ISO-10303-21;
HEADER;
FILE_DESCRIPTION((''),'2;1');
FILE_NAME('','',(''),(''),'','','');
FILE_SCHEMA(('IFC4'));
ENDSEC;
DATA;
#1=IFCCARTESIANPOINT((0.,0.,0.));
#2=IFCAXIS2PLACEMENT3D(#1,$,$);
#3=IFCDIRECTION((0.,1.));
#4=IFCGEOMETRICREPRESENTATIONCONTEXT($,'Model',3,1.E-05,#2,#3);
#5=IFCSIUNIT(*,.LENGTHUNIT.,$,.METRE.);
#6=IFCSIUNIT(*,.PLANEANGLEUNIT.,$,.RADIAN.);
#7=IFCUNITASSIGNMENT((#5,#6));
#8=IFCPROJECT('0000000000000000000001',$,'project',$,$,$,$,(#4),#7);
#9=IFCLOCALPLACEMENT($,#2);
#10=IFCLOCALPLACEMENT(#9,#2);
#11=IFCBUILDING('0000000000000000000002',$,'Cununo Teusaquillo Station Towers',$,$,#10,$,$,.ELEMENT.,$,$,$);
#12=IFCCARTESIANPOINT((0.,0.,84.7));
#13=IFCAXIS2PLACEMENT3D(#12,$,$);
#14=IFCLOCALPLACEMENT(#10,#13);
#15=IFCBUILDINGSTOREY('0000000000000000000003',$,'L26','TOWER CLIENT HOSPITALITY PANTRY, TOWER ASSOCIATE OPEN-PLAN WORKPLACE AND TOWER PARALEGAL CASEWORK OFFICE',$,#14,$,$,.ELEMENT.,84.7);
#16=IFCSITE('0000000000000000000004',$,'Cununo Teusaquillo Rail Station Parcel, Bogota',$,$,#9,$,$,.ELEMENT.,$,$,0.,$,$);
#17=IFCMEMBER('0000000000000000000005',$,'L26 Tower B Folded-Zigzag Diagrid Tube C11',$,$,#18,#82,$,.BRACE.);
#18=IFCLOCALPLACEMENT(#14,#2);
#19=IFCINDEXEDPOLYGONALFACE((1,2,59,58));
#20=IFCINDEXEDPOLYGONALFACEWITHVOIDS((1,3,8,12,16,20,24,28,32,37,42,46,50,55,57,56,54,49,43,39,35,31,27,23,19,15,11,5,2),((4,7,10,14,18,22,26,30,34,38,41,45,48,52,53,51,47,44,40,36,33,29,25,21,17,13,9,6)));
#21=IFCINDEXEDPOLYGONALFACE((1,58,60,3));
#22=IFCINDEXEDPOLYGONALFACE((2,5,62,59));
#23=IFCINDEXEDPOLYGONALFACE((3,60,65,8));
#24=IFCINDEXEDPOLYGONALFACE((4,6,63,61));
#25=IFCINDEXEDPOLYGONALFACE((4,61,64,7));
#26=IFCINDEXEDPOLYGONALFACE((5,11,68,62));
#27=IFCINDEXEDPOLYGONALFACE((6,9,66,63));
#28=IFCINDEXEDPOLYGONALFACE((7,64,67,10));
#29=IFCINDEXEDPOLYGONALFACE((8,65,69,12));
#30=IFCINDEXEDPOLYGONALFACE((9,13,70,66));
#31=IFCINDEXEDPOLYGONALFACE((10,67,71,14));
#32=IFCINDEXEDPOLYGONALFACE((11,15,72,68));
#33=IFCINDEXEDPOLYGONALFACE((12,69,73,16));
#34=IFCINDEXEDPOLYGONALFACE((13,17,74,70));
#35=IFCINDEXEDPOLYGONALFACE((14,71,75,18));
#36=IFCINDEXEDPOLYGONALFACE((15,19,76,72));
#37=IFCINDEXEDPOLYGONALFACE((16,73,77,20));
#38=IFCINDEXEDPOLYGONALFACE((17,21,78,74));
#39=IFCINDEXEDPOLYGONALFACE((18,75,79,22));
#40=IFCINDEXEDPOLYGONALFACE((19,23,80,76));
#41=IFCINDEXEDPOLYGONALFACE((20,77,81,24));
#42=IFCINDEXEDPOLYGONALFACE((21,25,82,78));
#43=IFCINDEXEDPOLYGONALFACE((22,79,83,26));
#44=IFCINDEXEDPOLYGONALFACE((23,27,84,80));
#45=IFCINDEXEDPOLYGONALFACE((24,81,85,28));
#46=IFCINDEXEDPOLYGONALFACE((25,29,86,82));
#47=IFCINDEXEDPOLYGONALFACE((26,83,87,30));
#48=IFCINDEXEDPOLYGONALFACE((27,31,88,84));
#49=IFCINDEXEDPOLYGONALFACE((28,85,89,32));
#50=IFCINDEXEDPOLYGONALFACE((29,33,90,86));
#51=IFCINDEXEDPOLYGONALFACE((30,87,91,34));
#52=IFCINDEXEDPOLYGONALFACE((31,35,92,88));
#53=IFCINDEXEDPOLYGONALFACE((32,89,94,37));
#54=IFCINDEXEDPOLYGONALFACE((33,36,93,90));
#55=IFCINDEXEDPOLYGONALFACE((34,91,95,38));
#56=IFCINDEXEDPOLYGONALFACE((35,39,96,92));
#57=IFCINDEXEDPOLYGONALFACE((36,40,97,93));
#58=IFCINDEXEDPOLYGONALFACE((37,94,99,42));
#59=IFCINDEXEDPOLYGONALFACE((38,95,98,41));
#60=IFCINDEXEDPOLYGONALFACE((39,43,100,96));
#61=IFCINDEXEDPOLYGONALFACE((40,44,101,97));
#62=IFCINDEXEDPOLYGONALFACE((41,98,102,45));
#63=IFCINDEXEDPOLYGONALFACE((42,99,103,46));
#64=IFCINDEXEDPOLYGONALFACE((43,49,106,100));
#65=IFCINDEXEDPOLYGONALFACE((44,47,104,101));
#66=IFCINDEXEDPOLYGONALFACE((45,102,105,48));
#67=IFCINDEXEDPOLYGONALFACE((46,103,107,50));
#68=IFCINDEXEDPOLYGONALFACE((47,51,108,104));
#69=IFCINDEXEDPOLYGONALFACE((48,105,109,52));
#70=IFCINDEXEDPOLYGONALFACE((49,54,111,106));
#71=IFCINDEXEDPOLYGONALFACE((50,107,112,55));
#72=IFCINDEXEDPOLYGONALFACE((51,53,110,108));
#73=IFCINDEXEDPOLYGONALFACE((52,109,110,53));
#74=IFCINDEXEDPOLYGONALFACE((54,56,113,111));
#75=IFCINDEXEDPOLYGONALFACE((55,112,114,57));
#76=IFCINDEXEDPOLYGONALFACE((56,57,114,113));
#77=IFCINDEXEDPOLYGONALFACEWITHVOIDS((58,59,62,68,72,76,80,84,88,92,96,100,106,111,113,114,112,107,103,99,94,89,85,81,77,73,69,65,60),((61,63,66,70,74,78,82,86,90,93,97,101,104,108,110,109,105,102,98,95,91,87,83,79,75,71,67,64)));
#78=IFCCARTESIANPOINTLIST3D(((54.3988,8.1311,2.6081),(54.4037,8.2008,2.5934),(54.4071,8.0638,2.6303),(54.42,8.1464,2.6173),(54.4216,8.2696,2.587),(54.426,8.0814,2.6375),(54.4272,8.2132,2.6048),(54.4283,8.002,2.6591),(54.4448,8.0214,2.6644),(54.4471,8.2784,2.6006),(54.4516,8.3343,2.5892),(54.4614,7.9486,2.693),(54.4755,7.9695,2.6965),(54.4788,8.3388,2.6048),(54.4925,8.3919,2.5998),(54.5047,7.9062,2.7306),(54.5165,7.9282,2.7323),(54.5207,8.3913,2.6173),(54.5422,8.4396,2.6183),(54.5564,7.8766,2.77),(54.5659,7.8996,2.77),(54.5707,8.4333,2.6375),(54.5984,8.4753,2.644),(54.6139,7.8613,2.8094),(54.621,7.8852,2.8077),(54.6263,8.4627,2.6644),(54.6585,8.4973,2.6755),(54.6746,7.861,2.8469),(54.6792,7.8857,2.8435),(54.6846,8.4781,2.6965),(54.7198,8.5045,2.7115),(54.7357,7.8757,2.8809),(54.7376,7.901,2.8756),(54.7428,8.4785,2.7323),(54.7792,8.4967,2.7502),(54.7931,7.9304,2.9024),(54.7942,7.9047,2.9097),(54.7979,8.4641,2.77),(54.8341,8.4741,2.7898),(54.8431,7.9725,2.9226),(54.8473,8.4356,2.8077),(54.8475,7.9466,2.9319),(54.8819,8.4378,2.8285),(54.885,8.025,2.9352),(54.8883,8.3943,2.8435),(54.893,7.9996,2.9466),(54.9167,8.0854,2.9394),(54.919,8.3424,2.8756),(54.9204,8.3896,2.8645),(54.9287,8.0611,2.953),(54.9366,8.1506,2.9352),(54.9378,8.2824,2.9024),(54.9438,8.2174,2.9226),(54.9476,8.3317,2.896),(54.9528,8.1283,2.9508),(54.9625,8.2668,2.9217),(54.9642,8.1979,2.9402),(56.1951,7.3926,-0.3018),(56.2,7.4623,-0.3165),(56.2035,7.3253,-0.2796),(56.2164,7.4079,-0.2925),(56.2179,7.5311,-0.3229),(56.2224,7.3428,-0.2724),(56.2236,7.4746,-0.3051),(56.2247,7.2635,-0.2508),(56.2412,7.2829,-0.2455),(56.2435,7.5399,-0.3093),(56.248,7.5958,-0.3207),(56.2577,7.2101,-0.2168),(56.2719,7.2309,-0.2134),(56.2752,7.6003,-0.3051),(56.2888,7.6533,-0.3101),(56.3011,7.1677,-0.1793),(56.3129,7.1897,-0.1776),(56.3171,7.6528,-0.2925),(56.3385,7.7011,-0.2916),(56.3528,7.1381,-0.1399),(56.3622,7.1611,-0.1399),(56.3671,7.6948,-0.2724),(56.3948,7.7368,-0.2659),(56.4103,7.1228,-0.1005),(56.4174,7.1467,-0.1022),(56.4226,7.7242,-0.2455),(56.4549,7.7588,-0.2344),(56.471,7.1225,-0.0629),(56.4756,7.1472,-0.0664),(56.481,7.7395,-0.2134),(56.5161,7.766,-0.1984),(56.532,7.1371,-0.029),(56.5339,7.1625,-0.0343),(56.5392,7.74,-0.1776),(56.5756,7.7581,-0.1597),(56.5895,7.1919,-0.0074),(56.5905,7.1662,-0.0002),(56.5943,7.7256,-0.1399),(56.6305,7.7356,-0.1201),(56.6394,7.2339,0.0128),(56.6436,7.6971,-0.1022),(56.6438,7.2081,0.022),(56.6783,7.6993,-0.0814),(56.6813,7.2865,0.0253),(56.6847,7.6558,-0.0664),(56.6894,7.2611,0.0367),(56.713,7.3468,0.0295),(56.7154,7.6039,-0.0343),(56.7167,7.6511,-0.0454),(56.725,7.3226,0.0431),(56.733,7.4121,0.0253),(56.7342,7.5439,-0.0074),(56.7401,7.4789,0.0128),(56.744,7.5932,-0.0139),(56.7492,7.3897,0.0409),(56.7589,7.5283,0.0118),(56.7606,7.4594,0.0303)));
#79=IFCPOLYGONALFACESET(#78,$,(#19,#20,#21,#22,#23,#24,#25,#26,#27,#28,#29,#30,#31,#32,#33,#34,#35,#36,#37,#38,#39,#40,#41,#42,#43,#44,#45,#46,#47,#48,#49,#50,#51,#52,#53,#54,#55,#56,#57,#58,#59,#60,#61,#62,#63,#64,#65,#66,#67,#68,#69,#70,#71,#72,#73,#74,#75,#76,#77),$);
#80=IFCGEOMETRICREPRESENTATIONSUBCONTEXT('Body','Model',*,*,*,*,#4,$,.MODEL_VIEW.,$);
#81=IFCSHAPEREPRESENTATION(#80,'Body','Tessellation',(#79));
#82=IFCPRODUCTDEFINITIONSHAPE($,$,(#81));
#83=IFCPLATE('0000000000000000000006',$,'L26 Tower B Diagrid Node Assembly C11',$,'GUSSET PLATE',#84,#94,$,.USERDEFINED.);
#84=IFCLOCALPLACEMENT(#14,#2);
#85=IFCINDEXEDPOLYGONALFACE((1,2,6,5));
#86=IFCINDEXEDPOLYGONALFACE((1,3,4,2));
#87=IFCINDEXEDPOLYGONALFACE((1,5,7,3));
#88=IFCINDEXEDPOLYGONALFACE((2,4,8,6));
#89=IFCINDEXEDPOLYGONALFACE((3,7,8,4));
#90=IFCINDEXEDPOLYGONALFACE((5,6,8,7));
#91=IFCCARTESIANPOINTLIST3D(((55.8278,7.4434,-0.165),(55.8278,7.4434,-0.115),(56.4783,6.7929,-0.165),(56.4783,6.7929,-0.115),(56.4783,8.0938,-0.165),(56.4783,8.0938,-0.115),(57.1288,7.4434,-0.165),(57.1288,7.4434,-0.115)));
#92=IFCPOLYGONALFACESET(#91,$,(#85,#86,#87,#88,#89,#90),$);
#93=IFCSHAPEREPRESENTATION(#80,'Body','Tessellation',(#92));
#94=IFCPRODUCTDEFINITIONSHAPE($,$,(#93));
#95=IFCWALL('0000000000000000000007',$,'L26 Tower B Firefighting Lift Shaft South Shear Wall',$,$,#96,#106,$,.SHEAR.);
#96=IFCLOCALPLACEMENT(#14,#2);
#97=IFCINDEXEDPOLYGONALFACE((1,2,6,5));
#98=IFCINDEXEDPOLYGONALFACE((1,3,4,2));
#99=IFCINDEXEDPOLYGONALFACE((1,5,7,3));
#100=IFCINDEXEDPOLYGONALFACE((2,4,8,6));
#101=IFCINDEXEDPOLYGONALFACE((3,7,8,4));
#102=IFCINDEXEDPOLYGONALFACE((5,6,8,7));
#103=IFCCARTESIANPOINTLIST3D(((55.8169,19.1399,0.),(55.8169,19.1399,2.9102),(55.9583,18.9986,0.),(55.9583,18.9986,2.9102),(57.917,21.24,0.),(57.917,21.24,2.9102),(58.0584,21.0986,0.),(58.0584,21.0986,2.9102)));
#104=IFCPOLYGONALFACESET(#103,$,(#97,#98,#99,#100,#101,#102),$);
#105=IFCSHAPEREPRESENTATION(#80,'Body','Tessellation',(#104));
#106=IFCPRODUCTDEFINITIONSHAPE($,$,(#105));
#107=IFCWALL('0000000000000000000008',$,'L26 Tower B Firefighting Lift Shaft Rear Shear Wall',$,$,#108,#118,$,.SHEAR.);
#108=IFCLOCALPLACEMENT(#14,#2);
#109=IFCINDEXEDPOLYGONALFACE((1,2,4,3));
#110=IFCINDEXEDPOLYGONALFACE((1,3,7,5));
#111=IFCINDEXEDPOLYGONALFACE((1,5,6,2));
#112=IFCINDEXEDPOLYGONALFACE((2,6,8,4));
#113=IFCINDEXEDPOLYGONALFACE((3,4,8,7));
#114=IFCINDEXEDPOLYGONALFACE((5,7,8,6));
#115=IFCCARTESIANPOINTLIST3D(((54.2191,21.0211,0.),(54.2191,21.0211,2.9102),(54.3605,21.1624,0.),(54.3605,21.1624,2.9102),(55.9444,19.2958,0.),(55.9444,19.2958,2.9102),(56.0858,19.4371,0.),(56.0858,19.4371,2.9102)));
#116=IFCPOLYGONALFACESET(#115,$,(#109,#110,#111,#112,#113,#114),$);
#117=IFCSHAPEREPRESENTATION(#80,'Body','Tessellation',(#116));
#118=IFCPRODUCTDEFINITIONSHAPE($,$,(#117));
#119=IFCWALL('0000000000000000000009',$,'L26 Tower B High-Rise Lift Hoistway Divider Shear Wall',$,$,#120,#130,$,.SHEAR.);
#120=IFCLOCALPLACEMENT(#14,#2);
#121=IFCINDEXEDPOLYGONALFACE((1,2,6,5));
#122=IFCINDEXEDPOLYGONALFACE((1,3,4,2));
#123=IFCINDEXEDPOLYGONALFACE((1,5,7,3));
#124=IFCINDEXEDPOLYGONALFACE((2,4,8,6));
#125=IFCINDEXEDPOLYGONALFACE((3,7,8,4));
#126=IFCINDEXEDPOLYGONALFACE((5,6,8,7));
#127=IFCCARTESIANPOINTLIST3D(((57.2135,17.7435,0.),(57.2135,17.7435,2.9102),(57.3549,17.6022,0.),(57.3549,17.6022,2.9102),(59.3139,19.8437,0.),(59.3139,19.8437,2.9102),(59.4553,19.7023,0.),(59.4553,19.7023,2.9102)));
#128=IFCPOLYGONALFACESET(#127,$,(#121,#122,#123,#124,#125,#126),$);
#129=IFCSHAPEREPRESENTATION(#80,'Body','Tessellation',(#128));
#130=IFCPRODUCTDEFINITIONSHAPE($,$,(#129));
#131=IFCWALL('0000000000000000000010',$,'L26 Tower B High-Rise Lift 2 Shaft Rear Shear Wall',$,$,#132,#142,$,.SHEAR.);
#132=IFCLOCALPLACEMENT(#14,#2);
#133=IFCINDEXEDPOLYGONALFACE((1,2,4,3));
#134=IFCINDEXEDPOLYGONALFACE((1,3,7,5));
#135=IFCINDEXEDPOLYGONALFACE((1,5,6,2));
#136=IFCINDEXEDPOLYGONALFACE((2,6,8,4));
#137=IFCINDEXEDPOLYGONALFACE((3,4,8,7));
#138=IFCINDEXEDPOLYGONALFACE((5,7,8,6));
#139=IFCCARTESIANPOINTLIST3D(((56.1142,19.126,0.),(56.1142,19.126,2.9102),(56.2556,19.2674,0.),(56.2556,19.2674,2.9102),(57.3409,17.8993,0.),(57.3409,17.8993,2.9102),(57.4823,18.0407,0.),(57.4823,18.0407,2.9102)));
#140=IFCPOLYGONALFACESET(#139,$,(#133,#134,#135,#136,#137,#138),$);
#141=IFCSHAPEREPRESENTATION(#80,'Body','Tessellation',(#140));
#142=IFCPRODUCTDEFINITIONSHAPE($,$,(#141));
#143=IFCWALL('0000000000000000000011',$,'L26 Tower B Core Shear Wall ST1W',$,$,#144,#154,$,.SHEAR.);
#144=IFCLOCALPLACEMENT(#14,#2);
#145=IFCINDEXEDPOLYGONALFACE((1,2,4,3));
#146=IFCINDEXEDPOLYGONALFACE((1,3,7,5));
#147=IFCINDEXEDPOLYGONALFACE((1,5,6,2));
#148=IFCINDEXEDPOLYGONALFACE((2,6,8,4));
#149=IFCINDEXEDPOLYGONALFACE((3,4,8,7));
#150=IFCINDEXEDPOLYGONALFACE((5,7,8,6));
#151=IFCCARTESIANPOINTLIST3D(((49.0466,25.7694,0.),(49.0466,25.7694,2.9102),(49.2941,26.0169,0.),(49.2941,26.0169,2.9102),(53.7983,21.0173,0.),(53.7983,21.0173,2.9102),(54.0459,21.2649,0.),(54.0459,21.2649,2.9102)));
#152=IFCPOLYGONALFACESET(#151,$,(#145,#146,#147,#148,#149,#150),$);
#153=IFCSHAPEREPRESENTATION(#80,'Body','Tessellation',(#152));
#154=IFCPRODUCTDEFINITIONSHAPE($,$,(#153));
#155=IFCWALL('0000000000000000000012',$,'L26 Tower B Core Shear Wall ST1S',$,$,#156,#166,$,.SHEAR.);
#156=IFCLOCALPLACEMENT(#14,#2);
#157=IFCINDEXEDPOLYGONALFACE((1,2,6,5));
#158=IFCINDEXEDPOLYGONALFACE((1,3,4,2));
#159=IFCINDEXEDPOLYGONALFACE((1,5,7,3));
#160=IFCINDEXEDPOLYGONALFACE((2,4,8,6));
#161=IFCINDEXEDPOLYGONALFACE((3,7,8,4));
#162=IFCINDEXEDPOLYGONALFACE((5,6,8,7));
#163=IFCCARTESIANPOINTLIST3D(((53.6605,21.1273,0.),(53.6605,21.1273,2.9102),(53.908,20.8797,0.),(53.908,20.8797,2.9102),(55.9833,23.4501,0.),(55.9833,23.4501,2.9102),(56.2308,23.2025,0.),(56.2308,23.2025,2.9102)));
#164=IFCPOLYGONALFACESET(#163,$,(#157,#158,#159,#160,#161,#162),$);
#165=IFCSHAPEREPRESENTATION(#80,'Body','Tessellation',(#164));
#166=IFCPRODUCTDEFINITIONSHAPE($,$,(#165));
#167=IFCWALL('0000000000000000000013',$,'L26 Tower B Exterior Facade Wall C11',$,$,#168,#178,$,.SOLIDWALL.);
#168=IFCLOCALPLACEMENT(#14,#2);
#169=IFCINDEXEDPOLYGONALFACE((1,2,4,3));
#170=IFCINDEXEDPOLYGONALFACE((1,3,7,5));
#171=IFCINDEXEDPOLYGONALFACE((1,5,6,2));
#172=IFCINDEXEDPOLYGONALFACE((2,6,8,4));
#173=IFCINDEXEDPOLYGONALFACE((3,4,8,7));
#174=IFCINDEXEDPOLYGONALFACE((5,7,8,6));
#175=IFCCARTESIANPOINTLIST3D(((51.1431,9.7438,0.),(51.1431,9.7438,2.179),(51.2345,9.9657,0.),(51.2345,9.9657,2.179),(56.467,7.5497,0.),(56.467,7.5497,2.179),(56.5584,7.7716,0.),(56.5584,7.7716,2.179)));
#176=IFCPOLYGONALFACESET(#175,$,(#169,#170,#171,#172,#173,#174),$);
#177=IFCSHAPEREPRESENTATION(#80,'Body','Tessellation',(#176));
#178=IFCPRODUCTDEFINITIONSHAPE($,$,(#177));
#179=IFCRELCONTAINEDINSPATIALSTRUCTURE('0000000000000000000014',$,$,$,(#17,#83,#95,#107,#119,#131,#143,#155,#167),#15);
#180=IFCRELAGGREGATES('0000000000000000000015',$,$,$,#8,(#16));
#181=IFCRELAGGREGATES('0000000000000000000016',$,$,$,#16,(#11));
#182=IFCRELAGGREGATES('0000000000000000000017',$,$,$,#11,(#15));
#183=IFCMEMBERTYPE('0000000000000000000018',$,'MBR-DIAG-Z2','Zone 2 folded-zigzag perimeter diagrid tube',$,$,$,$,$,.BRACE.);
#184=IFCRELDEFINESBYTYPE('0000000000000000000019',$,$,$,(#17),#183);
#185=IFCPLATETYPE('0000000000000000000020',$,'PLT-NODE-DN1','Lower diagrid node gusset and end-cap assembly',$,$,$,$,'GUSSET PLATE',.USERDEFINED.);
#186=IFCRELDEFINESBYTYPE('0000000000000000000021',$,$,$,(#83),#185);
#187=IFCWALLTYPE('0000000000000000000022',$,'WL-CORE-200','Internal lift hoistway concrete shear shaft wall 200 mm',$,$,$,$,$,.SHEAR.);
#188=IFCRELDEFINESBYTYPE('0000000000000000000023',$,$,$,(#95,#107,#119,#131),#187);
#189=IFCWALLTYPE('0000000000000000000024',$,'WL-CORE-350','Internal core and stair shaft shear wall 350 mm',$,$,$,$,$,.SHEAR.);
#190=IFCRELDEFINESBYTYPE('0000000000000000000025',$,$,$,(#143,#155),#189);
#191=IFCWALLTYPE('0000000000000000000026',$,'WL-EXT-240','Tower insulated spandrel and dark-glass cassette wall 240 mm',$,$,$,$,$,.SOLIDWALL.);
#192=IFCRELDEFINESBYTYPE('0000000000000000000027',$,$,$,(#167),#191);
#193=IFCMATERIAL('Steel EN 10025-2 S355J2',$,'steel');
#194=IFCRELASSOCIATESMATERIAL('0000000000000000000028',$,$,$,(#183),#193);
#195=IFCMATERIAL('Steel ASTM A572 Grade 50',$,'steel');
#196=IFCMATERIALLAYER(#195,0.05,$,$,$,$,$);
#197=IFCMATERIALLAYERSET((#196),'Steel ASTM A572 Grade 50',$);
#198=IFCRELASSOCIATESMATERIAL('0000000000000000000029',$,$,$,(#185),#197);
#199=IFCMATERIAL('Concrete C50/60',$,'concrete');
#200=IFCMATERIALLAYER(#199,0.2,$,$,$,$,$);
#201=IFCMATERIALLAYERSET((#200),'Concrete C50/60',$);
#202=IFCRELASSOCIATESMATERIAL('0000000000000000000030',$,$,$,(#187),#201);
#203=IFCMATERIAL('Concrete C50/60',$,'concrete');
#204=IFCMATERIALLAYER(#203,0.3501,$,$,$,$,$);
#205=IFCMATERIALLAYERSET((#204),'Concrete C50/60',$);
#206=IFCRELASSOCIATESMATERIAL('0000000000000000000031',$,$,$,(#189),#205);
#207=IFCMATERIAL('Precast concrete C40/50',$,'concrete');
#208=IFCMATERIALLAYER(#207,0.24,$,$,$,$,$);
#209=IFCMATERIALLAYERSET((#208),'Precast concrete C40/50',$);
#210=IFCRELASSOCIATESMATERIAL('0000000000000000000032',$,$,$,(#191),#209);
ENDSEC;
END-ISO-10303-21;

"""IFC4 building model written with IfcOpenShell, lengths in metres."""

from ifc_helpers import new_model, si_unit, direction, frame, frame_2d, origin, origin_2d, place, context, subcontext, project, spatial, rectangle, hollow_circle, extrude, source, transform, mapped, material, layer, layer_set, material_profile, profile_set, type_object, element, save


model = new_model("IFC4")

# Units and contexts
model_context = context("Model", 3, precision=1e-05, world=origin(), true_north=direction((0.0, 1.0)))
body_context = subcontext(model_context, "Body", "Model", "MODEL_VIEW")
ifc_project = project(units=[si_unit("LENGTHUNIT", "METRE"), si_unit("PLANEANGLEUNIT", "RADIAN")], contexts=[model_context])

# Site, building, storey
site_placement = place(None, origin())
site = spatial("IfcSite", under=ifc_project, at=site_placement, Name="Cununo Teusaquillo Rail Station Parcel, Bogota", CompositionType="ELEMENT", RefElevation=0.0)
building_placement = place(site_placement, origin())
building = spatial("IfcBuilding", under=site, at=building_placement, Name="Cununo Teusaquillo Station Towers", CompositionType="ELEMENT")
storey_placement = place(building_placement, frame((0.0, 0.0, 84.7)))
storey = spatial("IfcBuildingStorey", under=building, at=storey_placement, Name="L26", Description="TOWER CLIENT HOSPITALITY PANTRY, TOWER ASSOCIATE OPEN-PLAN WORKPLACE AND TOWER PARALEGAL CASEWORK OFFICE", CompositionType="ELEMENT", Elevation=84.7)

# Member
ifc_material_1 = material(Name="Steel EN 10025-2 S355J2", Category="steel")
ifc_material_profile_1 = material_profile(ifc_material_1, hollow_circle(Radius=0.3301, WallThickness=0.0249, at=origin_2d()), Name="CHS 660x25")
ifc_profile_set_1 = profile_set([ifc_material_profile_1], Name="Steel EN 10025-2 S355J2")
member_type = type_object("IfcMemberType", Name="MBR-DIAG-Z2", Description="Zone 2 folded-zigzag perimeter diagrid tube", PredefinedType="BRACE", material=ifc_profile_set_1)
member_placement = place(storey_placement, frame((56.4783, 7.4434, -0.1399), z_axis=(-0.513463, 0.211093, 0.831743), x_axis=(-0.380238, -0.924889, 0.0)))
element("IfcMember", 1, at=member_placement, inside=storey, type_object=member_type, Name="L26 Tower B Folded-Zigzag Diagrid Tube C11", PredefinedType="BRACE", context=body_context, shape_type="SweptSolid", body=[
    extrude(hollow_circle(Radius=0.3301, WallThickness=0.0249, at=origin_2d()), origin(), (0.0, 0.0, 1.0), 3.4985),
])

# Plate
ifc_material_2 = material(Name="Steel ASTM A572 Grade 50", Category="steel")
ifc_layer_1 = layer(ifc_material_2, 0.05)
ifc_layer_set_1 = layer_set([ifc_layer_1], Name="Steel ASTM A572 Grade 50")
plate_type = type_object("IfcPlateType", Name="PLT-NODE-DN1", Description="Lower diagrid node gusset and end-cap assembly", ElementType="GUSSET PLATE", PredefinedType="USERDEFINED", material=ifc_layer_set_1)
shared_shape_1 = source(origin(), body_context, "Body", "SweptSolid", [
    extrude(rectangle(XDim=0.9199, YDim=0.9199, at=origin_2d()), origin(), (0.0, 0.0, 1.0), 0.05),
])
plate_placement = place(storey_placement, frame((56.4783, 7.4434, -0.165), z_axis=(0.0, 0.0, 1.0), x_axis=(0.707107, 0.707107, 0.0)))
element("IfcPlate", 2, at=plate_placement, inside=storey, type_object=plate_type, Name="L26 Tower B Diagrid Node Assembly C11", ObjectType="GUSSET PLATE", PredefinedType="USERDEFINED", context=body_context, shape_type="MappedRepresentation", body=[
    mapped(shared_shape_1, transform((0.0, 0.0, 0.0), x_axis=(1.0, 0.0, 0.0), y_axis=(0.0, 1.0, 0.0), z_axis=(0.0, 0.0, 1.0), scale=1.0)),
])

# Walls
ifc_material_3 = material(Name="Concrete C50/60", Category="concrete")
ifc_layer_2 = layer(ifc_material_3, 0.2)
ifc_layer_set_2 = layer_set([ifc_layer_2], Name="Concrete C50/60")
wall_type_1 = type_object("IfcWallType", Name="WL-CORE-200", Description="Internal lift hoistway concrete shear shaft wall 200 mm", PredefinedType="SHEAR", material=ifc_layer_set_2)
wall_1_placement = place(storey_placement, frame((55.8877, 19.0693, 0.0), z_axis=(0.0, 0.0, 1.0), x_axis=(0.707107, 0.707107, 0.0)))
element("IfcWall", 3, at=wall_1_placement, inside=storey, type_object=wall_type_1, Name="L26 Tower B Firefighting Lift Shaft South Shear Wall", PredefinedType="SHEAR", context=body_context, shape_type="SweptSolid", body=[
    extrude(rectangle(XDim=2.97, YDim=0.2, at=frame_2d((1.4849, 0.0))), origin(), (0.0, 0.0, 1.0), 2.9102),
])
wall_2_placement = place(storey_placement, frame((56.0151, 19.3665, 0.0), z_axis=(0.0, 0.0, 1.0), x_axis=(-0.707107, 0.707107, 0.0)))
element("IfcWall", 4, at=wall_2_placement, inside=storey, type_object=wall_type_1, Name="L26 Tower B Firefighting Lift Shaft Rear Shear Wall", PredefinedType="SHEAR", context=body_context, shape_type="SweptSolid", body=[
    extrude(rectangle(XDim=2.4399, YDim=0.2, at=frame_2d((1.22, 0.0))), origin(), (0.0, 0.0, 1.0), 2.9102),
])
wall_3_placement = place(storey_placement, frame((57.2842, 17.6729, 0.0), z_axis=(0.0, 0.0, 1.0), x_axis=(0.707148, 0.707066, 0.0)))
element("IfcWall", 5, at=wall_3_placement, inside=storey, type_object=wall_type_1, Name="L26 Tower B High-Rise Lift Hoistway Divider Shear Wall", PredefinedType="SHEAR", context=body_context, shape_type="SweptSolid", body=[
    extrude(rectangle(XDim=2.9702, YDim=0.2, at=frame_2d((1.4851, 0.0))), origin(), (0.0, 0.0, 1.0), 2.9102),
])
wall_4_placement = place(storey_placement, frame((57.4116, 17.97, 0.0), z_axis=(0.0, 0.0, 1.0), x_axis=(-0.707107, 0.707107, 0.0)))
element("IfcWall", 6, at=wall_4_placement, inside=storey, type_object=wall_type_1, Name="L26 Tower B High-Rise Lift 2 Shaft Rear Shear Wall", PredefinedType="SHEAR", context=body_context, shape_type="SweptSolid", body=[
    extrude(rectangle(XDim=1.7349, YDim=0.2, at=frame_2d((0.8674, 0.0))), origin(), (0.0, 0.0, 1.0), 2.9102),
])
ifc_material_4 = material(Name="Concrete C50/60", Category="concrete")
ifc_layer_3 = layer(ifc_material_4, 0.3501)
ifc_layer_set_3 = layer_set([ifc_layer_3], Name="Concrete C50/60")
wall_type_2 = type_object("IfcWallType", Name="WL-CORE-350", Description="Internal core and stair shaft shear wall 350 mm", PredefinedType="SHEAR", material=ifc_layer_set_3)
wall_5_placement = place(storey_placement, frame((53.9221, 21.1411, 0.0), z_axis=(0.0, 0.0, 1.0), x_axis=(-0.707089, 0.707125, 0.0)))
element("IfcWall", 7, at=wall_5_placement, inside=storey, type_object=wall_type_2, Name="L26 Tower B Core Shear Wall ST1W", PredefinedType="SHEAR", context=body_context, shape_type="SweptSolid", body=[
    extrude(rectangle(XDim=6.7202, YDim=0.3501, at=frame_2d((3.3601, 0.0))), origin(), (0.0, 0.0, 1.0), 2.9102),
])
wall_6_placement = place(storey_placement, frame((53.7842, 21.0034, 0.0), z_axis=(0.0, 0.0, 1.0), x_axis=(0.707107, 0.707107, 0.0)))
element("IfcWall", 8, at=wall_6_placement, inside=storey, type_object=wall_type_2, Name="L26 Tower B Core Shear Wall ST1S", PredefinedType="SHEAR", context=body_context, shape_type="SweptSolid", body=[
    extrude(rectangle(XDim=3.2849, YDim=0.3501, at=frame_2d((1.6426, 0.0))), origin(), (0.0, 0.0, 1.0), 2.9102),
])
ifc_material_5 = material(Name="Precast concrete C40/50", Category="concrete")
ifc_layer_4 = layer(ifc_material_5, 0.24)
ifc_layer_set_4 = layer_set([ifc_layer_4], Name="Precast concrete C40/50")
wall_type_3 = type_object("IfcWallType", Name="WL-EXT-240", Description="Tower insulated spandrel and dark-glass cassette wall 240 mm", PredefinedType="SOLIDWALL", material=ifc_layer_set_4)
wall_7_placement = place(storey_placement, frame((56.5127, 7.6606, 0.0), z_axis=(0.0, 0.0, 1.0), x_axis=(-0.924564, 0.381027, 0.0)))
element("IfcWall", 9, at=wall_7_placement, inside=storey, type_object=wall_type_3, Name="L26 Tower B Exterior Facade Wall C11", PredefinedType="SOLIDWALL", context=body_context, shape_type="SweptSolid", body=[
    extrude(rectangle(XDim=5.7583, YDim=0.24, at=frame_2d((2.8792, 0.0))), origin(), (0.0, 0.0, 1.0), 2.179),
])

save(model, "model.ifc")
